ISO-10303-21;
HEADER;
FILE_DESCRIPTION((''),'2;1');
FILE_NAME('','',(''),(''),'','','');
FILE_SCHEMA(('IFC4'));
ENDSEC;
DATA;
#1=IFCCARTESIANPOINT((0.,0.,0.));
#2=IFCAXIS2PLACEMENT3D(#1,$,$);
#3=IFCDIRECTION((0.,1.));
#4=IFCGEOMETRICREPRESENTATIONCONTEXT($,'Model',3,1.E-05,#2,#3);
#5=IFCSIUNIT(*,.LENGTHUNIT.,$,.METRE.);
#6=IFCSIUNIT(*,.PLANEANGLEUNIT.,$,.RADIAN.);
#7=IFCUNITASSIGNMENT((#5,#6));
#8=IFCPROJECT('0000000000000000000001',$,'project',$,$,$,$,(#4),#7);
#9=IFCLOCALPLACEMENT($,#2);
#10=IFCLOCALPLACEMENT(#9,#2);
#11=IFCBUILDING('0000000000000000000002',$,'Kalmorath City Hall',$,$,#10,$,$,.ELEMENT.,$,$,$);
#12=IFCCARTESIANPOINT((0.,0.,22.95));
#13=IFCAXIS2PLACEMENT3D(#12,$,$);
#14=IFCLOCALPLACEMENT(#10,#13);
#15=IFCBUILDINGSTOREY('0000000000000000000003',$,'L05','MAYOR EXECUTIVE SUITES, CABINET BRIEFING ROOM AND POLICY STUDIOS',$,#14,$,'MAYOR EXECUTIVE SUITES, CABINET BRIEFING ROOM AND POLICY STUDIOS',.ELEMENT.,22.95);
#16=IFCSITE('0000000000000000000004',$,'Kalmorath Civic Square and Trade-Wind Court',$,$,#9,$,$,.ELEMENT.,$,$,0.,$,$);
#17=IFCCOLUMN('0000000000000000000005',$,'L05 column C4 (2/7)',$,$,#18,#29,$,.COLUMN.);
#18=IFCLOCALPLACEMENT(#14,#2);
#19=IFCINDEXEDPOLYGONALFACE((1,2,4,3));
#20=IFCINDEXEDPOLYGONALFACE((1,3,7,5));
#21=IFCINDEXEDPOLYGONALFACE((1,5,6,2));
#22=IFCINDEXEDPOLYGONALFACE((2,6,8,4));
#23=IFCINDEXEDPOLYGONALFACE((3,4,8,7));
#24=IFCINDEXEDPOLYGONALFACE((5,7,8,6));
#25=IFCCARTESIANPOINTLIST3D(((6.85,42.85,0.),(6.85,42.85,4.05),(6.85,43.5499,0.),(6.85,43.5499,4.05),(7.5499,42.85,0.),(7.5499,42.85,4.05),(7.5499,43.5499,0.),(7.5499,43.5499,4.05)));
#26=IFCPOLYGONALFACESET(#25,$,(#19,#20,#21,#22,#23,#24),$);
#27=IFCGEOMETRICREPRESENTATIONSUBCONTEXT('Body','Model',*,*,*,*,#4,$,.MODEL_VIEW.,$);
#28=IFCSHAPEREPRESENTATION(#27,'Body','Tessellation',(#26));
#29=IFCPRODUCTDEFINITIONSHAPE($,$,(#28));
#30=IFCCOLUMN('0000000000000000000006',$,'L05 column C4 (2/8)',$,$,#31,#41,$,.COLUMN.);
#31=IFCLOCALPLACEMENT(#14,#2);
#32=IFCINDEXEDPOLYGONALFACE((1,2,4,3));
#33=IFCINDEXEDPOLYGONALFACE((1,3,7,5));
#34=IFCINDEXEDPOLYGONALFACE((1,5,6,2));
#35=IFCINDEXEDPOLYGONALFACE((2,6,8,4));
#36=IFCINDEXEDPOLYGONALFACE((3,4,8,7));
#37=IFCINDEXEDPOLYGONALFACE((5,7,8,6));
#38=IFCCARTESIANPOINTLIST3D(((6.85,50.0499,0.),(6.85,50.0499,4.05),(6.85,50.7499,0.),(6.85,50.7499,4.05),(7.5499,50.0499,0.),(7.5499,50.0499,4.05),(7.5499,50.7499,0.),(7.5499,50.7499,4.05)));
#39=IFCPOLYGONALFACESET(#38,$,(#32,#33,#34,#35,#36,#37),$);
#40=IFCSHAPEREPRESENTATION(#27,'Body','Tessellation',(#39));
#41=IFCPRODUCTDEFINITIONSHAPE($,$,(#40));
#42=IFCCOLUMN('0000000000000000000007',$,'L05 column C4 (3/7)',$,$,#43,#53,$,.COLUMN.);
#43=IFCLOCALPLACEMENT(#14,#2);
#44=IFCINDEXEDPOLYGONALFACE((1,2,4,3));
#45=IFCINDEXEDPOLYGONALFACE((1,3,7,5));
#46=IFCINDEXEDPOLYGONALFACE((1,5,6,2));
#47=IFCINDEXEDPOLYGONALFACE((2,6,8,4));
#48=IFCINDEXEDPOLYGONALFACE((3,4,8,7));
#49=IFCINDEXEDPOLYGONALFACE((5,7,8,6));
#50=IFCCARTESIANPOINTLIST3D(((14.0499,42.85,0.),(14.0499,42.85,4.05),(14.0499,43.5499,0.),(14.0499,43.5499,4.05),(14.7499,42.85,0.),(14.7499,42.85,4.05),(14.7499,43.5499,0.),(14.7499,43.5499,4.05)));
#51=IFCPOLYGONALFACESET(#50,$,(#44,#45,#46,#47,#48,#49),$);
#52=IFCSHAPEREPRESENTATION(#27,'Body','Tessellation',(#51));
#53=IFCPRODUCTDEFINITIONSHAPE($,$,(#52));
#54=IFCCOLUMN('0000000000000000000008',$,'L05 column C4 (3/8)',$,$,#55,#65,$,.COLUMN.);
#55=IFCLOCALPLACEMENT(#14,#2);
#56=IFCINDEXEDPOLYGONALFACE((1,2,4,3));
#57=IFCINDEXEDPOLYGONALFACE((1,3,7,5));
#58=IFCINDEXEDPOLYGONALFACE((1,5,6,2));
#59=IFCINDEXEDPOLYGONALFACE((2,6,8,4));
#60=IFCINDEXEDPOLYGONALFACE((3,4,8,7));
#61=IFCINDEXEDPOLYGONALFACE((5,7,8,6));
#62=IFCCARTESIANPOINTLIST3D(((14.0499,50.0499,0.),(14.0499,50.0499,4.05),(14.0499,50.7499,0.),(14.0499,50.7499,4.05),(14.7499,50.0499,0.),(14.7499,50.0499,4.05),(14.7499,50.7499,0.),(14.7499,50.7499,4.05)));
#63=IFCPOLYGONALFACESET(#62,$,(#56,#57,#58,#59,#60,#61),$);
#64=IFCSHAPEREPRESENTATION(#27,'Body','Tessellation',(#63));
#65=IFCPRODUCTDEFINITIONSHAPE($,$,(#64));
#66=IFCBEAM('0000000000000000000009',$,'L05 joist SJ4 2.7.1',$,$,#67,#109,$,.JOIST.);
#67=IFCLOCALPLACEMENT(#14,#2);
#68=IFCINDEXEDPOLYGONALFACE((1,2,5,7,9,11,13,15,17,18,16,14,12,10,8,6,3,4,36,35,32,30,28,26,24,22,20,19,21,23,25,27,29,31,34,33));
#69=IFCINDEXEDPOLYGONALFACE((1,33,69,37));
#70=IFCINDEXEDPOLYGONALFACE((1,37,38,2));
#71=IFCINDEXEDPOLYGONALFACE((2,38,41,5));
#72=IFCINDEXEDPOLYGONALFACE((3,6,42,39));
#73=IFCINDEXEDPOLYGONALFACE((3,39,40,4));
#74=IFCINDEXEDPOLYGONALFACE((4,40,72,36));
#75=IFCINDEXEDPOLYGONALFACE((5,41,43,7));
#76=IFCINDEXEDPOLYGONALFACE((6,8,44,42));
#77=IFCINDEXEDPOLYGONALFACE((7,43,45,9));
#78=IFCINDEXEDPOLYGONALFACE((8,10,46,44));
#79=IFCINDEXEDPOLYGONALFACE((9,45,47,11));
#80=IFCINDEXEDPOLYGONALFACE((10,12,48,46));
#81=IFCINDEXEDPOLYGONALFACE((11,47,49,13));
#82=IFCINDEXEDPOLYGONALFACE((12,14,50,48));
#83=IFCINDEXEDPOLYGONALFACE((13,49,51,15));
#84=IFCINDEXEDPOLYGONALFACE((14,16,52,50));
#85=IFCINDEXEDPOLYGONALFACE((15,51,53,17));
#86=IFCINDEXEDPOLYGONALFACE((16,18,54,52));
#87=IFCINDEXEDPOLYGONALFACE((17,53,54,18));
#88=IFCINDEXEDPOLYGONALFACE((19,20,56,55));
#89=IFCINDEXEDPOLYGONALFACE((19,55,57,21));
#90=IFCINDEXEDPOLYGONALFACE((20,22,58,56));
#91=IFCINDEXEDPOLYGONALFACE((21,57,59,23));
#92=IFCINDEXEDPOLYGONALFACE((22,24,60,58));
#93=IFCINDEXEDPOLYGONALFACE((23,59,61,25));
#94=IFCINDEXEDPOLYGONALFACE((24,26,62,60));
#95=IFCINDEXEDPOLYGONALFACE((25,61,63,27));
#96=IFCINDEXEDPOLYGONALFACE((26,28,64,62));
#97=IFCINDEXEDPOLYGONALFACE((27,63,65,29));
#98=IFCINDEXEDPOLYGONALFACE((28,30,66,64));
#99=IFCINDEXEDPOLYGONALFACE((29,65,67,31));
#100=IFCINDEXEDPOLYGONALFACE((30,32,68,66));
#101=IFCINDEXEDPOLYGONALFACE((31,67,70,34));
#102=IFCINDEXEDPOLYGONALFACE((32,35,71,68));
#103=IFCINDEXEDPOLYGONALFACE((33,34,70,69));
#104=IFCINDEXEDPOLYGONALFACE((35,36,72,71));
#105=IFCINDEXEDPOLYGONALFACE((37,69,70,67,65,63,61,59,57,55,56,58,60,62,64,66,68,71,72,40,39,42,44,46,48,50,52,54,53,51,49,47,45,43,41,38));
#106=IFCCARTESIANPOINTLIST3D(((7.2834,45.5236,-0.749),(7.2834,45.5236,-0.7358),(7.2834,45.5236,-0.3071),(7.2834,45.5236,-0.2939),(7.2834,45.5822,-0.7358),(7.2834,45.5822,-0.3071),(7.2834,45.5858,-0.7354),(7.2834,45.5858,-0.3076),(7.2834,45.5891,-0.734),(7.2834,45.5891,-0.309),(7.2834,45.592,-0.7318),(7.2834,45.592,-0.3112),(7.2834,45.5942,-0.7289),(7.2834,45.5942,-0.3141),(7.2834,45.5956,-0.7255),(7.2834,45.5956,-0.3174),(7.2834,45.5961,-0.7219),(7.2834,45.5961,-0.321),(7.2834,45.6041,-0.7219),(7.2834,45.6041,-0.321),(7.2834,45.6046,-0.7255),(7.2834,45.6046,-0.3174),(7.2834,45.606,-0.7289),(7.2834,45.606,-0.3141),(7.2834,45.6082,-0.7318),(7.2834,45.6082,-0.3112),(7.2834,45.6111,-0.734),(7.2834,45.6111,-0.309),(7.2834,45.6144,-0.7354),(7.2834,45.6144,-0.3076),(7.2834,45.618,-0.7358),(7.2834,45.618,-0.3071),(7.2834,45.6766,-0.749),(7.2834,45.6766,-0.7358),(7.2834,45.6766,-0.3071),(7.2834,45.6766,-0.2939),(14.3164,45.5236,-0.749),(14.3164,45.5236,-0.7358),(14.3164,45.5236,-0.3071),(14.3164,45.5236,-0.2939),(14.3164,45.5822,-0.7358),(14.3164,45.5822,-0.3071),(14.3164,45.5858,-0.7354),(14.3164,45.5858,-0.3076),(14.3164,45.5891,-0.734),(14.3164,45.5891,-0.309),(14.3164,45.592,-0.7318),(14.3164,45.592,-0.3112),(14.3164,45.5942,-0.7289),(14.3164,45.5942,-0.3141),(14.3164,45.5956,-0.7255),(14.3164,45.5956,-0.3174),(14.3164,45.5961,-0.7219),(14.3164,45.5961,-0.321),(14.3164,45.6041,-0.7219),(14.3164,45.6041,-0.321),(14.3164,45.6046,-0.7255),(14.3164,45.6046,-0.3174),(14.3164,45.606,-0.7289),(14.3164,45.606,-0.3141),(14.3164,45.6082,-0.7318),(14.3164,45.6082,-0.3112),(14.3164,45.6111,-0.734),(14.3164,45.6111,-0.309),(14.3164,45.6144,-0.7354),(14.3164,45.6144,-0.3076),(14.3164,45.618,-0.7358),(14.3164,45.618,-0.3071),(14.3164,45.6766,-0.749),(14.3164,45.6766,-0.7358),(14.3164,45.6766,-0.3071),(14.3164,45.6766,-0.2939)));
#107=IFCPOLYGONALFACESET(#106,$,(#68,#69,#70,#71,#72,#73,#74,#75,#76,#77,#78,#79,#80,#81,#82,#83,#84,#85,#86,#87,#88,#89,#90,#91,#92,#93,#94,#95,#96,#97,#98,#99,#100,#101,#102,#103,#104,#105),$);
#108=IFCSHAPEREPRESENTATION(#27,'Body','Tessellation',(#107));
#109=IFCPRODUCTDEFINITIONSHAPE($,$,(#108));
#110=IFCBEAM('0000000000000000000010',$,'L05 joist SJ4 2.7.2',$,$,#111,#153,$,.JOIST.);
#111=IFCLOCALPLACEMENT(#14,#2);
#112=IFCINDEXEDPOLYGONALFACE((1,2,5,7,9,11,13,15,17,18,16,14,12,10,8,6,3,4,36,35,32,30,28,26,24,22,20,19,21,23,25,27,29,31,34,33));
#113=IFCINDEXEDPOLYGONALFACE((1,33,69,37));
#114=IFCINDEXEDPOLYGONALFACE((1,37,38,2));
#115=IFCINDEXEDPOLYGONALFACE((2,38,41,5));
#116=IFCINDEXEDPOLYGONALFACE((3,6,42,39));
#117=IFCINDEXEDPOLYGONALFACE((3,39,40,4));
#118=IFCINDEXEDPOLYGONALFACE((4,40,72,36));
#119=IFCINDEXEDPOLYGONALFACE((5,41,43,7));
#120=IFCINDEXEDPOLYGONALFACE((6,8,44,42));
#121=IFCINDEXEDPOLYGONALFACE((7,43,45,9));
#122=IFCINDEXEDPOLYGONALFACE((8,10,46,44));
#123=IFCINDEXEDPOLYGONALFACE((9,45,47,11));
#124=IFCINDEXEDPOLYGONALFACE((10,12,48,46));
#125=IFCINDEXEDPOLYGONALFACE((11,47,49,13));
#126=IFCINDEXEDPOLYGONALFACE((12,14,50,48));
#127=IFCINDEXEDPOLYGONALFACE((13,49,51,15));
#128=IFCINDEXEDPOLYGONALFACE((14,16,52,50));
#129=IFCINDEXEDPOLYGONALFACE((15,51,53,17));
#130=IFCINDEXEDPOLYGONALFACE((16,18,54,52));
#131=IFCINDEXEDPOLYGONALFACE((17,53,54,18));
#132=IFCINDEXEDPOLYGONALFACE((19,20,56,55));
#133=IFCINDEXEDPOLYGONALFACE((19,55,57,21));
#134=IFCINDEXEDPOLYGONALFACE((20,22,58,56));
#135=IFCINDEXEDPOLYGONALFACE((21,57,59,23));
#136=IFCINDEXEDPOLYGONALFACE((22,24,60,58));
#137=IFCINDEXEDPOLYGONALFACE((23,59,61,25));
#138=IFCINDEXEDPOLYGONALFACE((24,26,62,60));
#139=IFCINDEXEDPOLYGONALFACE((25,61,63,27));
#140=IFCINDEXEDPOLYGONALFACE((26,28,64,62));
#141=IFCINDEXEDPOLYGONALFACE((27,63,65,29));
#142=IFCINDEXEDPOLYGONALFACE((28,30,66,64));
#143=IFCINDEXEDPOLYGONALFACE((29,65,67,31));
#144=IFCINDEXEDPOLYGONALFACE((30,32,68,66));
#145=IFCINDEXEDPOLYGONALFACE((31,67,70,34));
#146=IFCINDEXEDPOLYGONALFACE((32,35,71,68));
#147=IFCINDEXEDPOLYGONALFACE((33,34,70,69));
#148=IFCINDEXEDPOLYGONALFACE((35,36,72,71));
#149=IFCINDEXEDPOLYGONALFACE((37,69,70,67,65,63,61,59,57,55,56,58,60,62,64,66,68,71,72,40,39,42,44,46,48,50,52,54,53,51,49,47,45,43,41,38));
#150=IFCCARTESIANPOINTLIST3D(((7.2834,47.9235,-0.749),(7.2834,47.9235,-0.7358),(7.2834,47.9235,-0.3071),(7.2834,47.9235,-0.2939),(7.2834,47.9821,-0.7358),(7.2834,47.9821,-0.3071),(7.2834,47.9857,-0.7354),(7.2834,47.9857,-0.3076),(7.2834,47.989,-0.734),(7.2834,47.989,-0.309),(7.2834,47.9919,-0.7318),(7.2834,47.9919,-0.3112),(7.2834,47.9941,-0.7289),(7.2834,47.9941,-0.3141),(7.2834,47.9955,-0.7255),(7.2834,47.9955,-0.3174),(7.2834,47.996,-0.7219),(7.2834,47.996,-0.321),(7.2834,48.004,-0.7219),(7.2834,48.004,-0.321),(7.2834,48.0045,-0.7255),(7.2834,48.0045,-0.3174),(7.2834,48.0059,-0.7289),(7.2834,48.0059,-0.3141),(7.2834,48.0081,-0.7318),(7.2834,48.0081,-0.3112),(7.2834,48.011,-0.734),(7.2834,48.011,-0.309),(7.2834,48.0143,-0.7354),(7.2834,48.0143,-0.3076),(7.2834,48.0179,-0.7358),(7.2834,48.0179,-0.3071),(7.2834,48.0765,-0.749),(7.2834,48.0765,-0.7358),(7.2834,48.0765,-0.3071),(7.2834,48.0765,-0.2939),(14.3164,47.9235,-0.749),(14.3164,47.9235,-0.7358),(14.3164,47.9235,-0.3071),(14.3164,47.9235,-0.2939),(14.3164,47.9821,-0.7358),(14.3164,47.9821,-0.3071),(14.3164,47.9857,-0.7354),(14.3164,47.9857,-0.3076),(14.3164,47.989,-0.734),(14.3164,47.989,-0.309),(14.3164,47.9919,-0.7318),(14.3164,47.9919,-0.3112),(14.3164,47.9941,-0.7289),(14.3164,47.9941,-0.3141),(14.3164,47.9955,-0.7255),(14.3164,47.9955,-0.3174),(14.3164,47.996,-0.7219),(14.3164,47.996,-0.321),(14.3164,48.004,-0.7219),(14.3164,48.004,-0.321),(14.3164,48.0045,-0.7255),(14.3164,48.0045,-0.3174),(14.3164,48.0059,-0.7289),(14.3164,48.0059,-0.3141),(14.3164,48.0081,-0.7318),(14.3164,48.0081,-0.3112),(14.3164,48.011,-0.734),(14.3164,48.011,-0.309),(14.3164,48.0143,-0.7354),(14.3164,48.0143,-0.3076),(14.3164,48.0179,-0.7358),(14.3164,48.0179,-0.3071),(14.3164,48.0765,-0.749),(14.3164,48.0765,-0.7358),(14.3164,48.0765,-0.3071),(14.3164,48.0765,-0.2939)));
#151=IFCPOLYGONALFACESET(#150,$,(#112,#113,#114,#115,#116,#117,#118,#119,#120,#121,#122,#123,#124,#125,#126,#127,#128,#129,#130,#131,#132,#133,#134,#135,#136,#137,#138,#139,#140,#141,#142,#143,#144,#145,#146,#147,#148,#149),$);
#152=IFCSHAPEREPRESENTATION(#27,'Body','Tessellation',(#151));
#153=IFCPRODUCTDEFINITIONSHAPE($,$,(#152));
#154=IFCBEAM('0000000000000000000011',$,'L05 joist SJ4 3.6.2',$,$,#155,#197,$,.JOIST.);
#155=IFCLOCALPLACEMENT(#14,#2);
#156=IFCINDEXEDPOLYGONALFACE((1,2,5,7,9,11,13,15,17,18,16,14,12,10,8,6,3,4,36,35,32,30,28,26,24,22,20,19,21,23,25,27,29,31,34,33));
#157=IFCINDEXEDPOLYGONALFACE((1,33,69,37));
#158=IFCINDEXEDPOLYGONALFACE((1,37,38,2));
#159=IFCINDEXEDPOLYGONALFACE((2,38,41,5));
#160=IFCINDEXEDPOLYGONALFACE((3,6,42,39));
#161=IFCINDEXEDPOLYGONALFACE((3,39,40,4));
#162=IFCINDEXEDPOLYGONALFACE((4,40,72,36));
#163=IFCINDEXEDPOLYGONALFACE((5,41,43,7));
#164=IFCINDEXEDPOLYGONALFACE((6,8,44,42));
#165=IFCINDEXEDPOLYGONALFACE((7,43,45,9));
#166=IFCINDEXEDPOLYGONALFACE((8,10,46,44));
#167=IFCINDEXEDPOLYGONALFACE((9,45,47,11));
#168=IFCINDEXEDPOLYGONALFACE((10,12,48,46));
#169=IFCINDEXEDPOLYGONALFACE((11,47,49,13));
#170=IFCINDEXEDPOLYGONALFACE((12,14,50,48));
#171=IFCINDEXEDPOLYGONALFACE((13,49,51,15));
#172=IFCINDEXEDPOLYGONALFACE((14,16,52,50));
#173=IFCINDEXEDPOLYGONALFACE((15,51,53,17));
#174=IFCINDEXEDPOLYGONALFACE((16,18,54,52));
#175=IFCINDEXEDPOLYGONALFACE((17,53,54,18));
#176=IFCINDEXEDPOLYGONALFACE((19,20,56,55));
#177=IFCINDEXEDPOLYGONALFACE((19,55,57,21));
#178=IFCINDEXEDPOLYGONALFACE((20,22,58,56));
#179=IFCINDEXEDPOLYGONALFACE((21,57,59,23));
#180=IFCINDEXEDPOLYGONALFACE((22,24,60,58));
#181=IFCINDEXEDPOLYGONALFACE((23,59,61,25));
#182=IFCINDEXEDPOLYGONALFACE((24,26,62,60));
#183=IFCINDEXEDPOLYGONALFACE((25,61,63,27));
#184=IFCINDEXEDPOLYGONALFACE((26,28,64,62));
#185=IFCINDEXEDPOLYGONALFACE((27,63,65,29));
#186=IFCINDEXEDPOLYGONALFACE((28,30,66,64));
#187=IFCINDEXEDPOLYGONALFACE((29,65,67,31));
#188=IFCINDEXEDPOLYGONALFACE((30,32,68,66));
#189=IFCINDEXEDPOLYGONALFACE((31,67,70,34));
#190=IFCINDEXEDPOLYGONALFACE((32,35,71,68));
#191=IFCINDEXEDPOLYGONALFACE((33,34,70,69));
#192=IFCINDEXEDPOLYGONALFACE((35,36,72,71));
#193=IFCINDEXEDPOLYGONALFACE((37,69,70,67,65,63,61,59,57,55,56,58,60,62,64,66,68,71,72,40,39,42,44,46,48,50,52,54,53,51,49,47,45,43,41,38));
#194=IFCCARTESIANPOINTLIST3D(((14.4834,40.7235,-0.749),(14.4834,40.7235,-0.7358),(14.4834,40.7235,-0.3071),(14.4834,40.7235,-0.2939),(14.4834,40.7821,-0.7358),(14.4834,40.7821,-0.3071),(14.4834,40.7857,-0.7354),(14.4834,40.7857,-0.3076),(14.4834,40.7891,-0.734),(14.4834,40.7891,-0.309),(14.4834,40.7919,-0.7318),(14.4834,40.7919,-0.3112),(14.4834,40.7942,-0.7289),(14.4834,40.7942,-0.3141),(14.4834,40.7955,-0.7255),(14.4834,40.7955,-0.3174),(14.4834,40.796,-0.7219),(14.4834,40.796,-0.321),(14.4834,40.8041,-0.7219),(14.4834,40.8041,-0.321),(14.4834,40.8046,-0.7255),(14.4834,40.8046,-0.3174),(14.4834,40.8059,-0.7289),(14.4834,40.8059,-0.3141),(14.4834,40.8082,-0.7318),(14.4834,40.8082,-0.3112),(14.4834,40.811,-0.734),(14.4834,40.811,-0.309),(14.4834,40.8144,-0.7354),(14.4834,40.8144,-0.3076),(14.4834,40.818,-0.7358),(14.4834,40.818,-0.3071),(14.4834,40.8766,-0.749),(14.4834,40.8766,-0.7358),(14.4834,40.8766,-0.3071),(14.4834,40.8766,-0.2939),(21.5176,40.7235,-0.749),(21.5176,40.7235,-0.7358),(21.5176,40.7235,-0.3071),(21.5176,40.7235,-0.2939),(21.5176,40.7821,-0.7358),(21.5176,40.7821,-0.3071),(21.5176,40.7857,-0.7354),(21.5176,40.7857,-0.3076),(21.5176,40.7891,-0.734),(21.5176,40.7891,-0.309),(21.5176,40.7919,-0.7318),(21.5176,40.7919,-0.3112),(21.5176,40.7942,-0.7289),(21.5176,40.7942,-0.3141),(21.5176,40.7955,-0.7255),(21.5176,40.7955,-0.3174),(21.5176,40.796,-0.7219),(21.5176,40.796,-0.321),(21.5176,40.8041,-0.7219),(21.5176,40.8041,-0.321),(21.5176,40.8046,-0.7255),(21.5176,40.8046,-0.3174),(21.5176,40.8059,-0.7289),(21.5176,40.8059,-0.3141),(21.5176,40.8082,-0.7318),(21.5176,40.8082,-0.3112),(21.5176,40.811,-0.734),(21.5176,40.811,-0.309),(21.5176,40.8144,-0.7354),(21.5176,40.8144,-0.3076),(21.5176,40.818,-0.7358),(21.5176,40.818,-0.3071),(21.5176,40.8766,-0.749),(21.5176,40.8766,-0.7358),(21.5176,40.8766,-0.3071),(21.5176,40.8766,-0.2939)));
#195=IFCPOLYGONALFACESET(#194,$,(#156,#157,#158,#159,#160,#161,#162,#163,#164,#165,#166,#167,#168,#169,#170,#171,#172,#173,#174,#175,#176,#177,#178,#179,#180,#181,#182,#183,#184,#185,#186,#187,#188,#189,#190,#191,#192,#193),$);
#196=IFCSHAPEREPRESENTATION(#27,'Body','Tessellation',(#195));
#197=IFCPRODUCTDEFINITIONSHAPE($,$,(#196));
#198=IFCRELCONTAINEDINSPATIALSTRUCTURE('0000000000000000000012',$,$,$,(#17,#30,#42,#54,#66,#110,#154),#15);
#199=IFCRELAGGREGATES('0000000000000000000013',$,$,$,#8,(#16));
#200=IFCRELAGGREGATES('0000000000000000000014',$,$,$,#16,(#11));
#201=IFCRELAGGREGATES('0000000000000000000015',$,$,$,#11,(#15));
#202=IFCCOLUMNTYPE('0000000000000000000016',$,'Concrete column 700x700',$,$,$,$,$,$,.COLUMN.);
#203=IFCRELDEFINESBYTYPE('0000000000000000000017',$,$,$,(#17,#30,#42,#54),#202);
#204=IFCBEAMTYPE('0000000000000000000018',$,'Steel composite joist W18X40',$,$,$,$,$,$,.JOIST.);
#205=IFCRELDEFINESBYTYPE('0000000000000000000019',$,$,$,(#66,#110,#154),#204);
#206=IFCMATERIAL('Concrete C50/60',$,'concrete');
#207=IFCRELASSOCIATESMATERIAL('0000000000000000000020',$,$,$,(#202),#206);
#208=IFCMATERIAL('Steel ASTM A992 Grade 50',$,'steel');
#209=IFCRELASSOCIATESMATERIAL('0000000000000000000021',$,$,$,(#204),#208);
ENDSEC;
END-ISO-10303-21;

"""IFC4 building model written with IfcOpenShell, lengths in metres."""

from ifc_helpers import new_model, si_unit, direction, frame, origin, origin_2d, place, context, subcontext, project, spatial, rectangle, i_section, extrude, material, material_profile, profile_set, type_object, element, save


model = new_model("IFC4")

# Units and contexts
model_context = context("Model", 3, precision=1e-05, world=origin(), true_north=direction((0.0, 1.0)))
body_context = subcontext(model_context, "Body", "Model", "MODEL_VIEW")
ifc_project = project(units=[si_unit("LENGTHUNIT", "METRE"), si_unit("PLANEANGLEUNIT", "RADIAN")], contexts=[model_context])

# Site, building, storey
site_placement = place(None, origin())
site = spatial("IfcSite", under=ifc_project, at=site_placement, Name="Kalmorath Civic Square and Trade-Wind Court", CompositionType="ELEMENT", RefElevation=0.0)
building_placement = place(site_placement, origin())
building = spatial("IfcBuilding", under=site, at=building_placement, Name="Kalmorath City Hall", CompositionType="ELEMENT")
storey_placement = place(building_placement, frame((0.0, 0.0, 22.95)))
storey = spatial("IfcBuildingStorey", under=building, at=storey_placement, Name="L05", Description="MAYOR EXECUTIVE SUITES, CABINET BRIEFING ROOM AND POLICY STUDIOS", LongName="MAYOR EXECUTIVE SUITES, CABINET BRIEFING ROOM AND POLICY STUDIOS", CompositionType="ELEMENT", Elevation=22.95)

# Columns
ifc_material_1 = material(Name="Concrete C50/60", Category="concrete")
ifc_material_profile_1 = material_profile(ifc_material_1, rectangle(XDim=0.7, YDim=0.7, at=origin_2d()), Name="RC-COL-700X700")
ifc_profile_set_1 = profile_set([ifc_material_profile_1], Name="Concrete C50/60")
column_type = type_object("IfcColumnType", Name="Concrete column 700x700", PredefinedType="COLUMN", material=ifc_profile_set_1)
for number, where, z_axis, x_axis, name in (
    (1, (7.2, 43.2, 0.0), (0.0, 0.0, 1.0), (1.0, 0.0, 0.0), "L05 column C4 (2/7)"),
    (2, (7.2, 50.3999, 0.0), (0.0, 0.0, 1.0), (1.0, 0.0, 0.0), "L05 column C4 (2/8)"),
    (3, (14.3999, 43.2, 0.0), (0.0, 0.0, 1.0), (1.0, 0.0, 0.0), "L05 column C4 (3/7)"),
    (4, (14.3999, 50.3999, 0.0), (0.0, 0.0, 1.0), (1.0, 0.0, 0.0), "L05 column C4 (3/8)"),
):
    element("IfcColumn", number, at=place(storey_placement, frame(where, z_axis=z_axis, x_axis=x_axis)), inside=storey, type_object=column_type, Name=name, PredefinedType="COLUMN", context=body_context, shape_type="SweptSolid", body=[
        extrude(rectangle(XDim=0.7, YDim=0.7, at=origin_2d()), origin(), (0.0, 0.0, 1.0), 4.05),
    ])

# Beams
ifc_material_2 = material(Name="Steel ASTM A992 Grade 50", Category="steel")
ifc_material_profile_2 = material_profile(ifc_material_2, i_section(OverallWidth=0.1531, OverallDepth=0.4551, WebThickness=0.0081, FlangeThickness=0.0132, FilletRadius=0.0139, at=origin_2d()), Name="W18X40")
ifc_profile_set_2 = profile_set([ifc_material_profile_2], Name="Steel ASTM A992 Grade 50")
beam_type_1 = type_object("IfcBeamType", Name="Steel composite joist W18X40", PredefinedType="JOIST", material=ifc_profile_set_2)
for number, where, z_axis, x_axis, name in (
    (5, (7.2834, 45.6001, -0.5215), (1.0, 0.0, 0.0), (0.0, 1.0, 0.0), "L05 joist SJ4 2.7.1"),
    (6, (7.2834, 48.0, -0.5215), (1.0, 0.0, 0.0), (0.0, 1.0, 0.0), "L05 joist SJ4 2.7.2"),
):
    element("IfcBeam", number, at=place(storey_placement, frame(where, z_axis=z_axis, x_axis=x_axis)), inside=storey, type_object=beam_type_1, Name=name, PredefinedType="JOIST", context=body_context, shape_type="SweptSolid", body=[
        extrude(i_section(OverallWidth=0.1531, OverallDepth=0.4551, WebThickness=0.0081, FlangeThickness=0.0132, FilletRadius=0.0139, at=origin_2d()), origin(), (0.0, 0.0, 1.0), 7.033),
    ])
beam_1_placement = place(storey_placement, frame((14.4834, 40.8, -0.5215), z_axis=(1.0, 0.0, 0.0), x_axis=(0.0, 1.0, 0.0)))
element("IfcBeam", 7, at=beam_1_placement, inside=storey, type_object=beam_type_1, Name="L05 joist SJ4 3.6.2", PredefinedType="JOIST", context=body_context, shape_type="SweptSolid", body=[
    extrude(i_section(OverallWidth=0.1531, OverallDepth=0.4551, WebThickness=0.0081, FlangeThickness=0.0132, FilletRadius=0.0139, at=origin_2d()), origin(), (0.0, 0.0, 1.0), 7.0342),
])

save(model, "model.ifc")
